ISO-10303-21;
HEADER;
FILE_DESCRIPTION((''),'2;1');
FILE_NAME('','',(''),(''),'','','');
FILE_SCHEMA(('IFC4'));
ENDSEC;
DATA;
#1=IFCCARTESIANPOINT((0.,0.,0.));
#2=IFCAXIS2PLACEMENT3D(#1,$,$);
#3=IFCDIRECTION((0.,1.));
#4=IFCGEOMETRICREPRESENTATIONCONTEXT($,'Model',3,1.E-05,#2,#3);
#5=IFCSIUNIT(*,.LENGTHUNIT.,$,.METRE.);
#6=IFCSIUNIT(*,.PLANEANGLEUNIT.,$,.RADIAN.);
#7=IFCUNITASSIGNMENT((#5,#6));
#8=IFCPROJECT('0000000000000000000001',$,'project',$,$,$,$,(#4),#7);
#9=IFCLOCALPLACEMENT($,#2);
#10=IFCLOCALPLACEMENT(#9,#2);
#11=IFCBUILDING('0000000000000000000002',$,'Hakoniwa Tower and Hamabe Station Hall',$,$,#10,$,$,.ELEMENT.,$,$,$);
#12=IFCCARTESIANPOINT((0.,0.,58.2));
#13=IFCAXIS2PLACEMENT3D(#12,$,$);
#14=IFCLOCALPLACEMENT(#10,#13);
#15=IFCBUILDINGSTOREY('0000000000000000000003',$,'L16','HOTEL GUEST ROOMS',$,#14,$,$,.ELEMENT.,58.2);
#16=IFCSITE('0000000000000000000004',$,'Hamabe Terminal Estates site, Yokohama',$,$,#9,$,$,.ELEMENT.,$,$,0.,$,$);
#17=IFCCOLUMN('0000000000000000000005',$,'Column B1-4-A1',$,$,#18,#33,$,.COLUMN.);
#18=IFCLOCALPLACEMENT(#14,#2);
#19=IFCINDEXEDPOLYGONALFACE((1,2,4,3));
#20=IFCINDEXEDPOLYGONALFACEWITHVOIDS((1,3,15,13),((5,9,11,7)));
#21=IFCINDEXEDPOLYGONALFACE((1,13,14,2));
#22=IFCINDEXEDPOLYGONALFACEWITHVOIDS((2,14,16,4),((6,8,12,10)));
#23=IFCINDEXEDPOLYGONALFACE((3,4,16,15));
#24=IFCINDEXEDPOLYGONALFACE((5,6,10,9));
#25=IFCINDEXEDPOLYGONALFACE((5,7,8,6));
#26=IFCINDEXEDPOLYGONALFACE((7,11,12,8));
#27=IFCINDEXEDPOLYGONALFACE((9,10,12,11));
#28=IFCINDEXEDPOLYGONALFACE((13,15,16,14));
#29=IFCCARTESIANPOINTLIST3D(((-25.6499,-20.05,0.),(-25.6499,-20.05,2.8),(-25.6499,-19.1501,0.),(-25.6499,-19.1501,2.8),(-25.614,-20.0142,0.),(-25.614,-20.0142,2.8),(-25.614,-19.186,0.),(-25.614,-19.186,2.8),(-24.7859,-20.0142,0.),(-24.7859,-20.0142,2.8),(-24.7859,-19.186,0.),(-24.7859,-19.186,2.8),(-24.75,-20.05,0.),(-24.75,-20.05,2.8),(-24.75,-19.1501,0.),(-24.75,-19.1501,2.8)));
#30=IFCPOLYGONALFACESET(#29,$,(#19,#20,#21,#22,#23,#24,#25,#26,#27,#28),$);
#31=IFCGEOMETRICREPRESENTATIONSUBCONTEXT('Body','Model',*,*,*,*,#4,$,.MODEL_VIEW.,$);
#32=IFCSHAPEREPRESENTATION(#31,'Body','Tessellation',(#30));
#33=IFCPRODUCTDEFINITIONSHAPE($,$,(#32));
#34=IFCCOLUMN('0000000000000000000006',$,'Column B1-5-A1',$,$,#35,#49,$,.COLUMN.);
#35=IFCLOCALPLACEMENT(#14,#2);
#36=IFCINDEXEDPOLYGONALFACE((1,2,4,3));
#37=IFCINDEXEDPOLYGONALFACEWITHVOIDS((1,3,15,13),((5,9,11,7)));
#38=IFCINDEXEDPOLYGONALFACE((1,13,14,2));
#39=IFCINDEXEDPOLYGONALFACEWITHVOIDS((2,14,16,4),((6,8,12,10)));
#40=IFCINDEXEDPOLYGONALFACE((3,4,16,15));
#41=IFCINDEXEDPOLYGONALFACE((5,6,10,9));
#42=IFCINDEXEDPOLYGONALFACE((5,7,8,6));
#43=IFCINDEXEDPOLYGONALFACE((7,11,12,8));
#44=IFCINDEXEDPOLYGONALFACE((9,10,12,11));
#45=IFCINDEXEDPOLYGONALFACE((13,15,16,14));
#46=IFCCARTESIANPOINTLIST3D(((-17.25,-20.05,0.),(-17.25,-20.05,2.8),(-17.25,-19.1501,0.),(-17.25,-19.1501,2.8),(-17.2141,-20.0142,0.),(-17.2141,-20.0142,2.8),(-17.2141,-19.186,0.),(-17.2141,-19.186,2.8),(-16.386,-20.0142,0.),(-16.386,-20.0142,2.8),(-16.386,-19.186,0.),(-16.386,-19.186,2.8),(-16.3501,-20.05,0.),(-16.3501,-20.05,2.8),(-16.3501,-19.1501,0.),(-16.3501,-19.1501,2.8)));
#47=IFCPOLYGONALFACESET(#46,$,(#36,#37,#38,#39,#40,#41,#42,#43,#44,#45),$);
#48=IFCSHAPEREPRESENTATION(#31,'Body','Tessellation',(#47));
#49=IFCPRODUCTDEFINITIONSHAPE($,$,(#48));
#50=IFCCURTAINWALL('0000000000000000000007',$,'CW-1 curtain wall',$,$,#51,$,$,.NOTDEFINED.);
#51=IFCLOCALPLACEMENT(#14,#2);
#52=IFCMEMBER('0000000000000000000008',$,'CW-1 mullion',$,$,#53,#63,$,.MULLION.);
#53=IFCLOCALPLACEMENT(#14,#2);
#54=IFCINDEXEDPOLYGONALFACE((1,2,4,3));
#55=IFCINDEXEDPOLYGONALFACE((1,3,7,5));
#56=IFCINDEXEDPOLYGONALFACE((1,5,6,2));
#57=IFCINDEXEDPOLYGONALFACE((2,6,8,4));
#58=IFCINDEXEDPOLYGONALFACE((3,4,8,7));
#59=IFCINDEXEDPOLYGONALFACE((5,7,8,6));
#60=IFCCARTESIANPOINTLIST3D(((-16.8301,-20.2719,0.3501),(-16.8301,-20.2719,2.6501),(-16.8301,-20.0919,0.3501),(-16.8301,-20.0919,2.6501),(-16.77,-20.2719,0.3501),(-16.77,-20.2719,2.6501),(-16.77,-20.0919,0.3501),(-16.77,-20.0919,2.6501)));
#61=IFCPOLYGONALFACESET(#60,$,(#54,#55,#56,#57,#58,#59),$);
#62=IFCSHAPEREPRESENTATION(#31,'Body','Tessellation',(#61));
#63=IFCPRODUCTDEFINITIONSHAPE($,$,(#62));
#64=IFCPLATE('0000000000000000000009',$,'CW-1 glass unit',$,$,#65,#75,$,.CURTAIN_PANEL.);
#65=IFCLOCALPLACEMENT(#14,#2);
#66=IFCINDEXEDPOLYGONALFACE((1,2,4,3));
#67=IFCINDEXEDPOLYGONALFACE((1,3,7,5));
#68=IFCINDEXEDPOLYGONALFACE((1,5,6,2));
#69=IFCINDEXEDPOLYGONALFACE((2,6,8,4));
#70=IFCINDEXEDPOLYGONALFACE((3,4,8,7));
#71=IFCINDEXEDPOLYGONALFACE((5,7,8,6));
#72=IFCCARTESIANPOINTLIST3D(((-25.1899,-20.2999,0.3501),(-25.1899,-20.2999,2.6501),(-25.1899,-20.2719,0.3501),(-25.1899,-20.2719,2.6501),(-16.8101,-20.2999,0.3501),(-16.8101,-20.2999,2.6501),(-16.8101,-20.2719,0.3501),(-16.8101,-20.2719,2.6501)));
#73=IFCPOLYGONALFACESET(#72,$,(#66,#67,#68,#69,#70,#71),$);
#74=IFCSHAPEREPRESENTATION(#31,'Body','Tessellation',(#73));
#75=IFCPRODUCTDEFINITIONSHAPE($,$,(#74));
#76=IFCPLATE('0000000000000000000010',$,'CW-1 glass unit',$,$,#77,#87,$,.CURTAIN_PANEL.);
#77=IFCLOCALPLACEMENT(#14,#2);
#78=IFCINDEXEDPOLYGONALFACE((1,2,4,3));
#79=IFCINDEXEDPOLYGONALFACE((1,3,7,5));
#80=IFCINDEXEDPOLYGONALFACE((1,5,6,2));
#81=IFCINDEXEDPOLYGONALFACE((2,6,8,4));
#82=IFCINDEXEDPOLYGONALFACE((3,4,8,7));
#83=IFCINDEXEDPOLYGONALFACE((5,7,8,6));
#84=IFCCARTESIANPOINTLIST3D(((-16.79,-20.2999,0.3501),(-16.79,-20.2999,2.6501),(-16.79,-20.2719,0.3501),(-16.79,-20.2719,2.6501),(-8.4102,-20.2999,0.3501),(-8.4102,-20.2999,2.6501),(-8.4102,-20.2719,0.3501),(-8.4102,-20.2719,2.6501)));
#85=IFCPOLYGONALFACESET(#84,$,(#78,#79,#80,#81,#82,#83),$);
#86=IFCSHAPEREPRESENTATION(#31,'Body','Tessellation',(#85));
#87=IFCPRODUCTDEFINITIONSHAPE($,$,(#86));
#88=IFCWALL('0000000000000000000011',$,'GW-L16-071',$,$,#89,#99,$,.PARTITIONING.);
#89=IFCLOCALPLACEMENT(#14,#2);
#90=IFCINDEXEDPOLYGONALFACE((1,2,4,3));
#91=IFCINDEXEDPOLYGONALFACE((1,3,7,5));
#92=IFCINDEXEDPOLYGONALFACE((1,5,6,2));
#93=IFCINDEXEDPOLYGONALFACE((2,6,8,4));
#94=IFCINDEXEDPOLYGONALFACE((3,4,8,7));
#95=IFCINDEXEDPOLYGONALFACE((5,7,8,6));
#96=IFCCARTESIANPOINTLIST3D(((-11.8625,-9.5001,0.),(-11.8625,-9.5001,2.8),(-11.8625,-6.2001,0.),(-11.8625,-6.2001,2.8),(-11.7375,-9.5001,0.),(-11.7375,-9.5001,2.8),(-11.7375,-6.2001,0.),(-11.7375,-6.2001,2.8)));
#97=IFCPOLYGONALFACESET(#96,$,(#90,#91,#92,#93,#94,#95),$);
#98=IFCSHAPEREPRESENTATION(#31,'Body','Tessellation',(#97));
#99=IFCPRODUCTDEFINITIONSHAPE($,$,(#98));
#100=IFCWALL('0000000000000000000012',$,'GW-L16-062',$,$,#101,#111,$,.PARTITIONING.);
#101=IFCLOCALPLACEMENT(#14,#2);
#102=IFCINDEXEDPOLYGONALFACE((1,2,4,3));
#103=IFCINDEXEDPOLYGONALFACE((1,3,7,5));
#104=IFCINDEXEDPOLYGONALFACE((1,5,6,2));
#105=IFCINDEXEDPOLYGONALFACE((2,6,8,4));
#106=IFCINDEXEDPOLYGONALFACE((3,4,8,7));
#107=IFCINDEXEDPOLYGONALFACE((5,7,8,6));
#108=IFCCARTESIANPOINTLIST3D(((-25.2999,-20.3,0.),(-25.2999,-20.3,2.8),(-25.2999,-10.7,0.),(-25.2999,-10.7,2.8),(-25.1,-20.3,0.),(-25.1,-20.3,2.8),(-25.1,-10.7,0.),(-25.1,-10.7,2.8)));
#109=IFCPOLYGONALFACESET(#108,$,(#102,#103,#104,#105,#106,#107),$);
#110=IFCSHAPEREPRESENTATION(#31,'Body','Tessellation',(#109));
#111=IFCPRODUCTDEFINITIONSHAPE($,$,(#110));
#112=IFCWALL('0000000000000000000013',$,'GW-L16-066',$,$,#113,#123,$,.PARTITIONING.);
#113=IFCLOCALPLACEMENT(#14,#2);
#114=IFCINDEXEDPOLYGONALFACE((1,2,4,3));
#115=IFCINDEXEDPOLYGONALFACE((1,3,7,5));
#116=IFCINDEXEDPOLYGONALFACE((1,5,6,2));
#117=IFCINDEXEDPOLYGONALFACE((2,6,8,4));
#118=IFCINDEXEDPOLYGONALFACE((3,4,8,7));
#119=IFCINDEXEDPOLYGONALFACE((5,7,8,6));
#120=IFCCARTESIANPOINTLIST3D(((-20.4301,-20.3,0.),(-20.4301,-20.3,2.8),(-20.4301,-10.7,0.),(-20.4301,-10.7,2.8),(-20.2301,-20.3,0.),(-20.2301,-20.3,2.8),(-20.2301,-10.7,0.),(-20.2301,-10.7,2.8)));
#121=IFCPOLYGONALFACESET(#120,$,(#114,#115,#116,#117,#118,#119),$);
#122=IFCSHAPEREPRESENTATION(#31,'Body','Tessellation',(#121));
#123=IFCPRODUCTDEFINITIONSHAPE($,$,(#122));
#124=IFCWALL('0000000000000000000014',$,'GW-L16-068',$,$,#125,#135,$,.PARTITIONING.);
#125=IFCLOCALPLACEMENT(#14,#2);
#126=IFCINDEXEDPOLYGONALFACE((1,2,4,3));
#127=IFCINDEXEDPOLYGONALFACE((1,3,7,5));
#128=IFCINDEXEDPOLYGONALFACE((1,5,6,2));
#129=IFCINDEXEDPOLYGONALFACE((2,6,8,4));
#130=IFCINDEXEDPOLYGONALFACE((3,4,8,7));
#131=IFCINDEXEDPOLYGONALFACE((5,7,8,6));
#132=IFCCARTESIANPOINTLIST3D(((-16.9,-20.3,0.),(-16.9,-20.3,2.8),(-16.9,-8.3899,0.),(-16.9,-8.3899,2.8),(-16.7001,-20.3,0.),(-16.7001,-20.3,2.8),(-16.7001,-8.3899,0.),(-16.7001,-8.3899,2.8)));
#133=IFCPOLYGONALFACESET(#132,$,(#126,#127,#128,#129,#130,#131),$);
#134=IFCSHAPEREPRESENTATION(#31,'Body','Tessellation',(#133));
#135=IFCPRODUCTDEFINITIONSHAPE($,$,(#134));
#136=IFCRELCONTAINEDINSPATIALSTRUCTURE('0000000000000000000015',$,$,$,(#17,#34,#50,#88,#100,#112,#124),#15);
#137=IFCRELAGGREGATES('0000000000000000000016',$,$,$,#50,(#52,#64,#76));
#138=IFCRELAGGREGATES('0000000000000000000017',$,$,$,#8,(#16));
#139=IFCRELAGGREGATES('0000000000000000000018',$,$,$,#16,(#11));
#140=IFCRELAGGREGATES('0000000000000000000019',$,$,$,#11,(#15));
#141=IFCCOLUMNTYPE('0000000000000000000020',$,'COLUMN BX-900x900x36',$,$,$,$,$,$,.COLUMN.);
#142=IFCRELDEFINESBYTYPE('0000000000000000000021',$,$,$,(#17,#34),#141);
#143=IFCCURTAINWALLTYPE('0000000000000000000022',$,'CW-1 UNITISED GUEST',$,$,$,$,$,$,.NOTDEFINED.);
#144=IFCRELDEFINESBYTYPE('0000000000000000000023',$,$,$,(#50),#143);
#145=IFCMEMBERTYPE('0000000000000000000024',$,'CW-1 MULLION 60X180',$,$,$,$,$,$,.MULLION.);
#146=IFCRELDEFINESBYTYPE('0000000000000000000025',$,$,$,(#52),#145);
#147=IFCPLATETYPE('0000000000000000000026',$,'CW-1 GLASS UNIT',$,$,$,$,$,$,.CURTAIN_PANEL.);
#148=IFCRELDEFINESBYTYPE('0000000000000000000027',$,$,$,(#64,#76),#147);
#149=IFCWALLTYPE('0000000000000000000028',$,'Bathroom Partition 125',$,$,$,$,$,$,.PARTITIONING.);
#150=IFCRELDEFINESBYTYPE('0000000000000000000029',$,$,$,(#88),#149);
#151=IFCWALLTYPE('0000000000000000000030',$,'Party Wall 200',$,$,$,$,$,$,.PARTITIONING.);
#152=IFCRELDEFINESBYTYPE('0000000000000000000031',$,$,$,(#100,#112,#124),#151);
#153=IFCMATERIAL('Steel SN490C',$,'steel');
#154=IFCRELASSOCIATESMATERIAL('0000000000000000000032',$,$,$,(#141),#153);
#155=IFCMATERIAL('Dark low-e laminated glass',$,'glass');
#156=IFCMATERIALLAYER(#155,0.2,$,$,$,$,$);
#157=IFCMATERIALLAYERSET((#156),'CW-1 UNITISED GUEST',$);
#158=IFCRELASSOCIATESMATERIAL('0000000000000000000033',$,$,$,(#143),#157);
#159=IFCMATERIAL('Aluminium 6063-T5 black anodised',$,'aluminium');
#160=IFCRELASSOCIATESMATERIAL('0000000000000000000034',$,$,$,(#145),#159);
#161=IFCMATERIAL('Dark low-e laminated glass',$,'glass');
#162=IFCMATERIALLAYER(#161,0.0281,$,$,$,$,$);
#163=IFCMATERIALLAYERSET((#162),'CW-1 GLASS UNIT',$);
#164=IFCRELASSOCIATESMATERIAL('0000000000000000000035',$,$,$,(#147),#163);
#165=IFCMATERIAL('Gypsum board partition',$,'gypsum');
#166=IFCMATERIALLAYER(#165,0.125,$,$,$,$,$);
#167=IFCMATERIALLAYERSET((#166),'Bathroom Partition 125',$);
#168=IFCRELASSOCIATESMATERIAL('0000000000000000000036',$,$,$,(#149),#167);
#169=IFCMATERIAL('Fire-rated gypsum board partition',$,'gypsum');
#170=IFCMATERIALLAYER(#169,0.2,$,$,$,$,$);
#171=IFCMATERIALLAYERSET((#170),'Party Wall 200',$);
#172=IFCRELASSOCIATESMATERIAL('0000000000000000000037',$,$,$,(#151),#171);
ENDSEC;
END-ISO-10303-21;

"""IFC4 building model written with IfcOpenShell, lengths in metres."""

from ifc_helpers import new_model, si_unit, direction, frame, frame_2d, origin, origin_2d, place, context, subcontext, project, spatial, rectangle, hollow_rectangle, extrude, material, layer, layer_set, material_profile, profile_set, type_object, element, aggregate, save


model = new_model("IFC4")

# Units and contexts
model_context = context("Model", 3, precision=1e-05, world=origin(), true_north=direction((0.0, 1.0)))
body_context = subcontext(model_context, "Body", "Model", "MODEL_VIEW")
ifc_project = project(units=[si_unit("LENGTHUNIT", "METRE"), si_unit("PLANEANGLEUNIT", "RADIAN")], contexts=[model_context])

# Site, building, storey
site_placement = place(None, origin())
site = spatial("IfcSite", under=ifc_project, at=site_placement, Name="Hamabe Terminal Estates site, Yokohama", CompositionType="ELEMENT", RefElevation=0.0)
building_placement = place(site_placement, origin())
building = spatial("IfcBuilding", under=site, at=building_placement, Name="Hakoniwa Tower and Hamabe Station Hall", CompositionType="ELEMENT")
storey_placement = place(building_placement, frame((0.0, 0.0, 58.2)))
storey = spatial("IfcBuildingStorey", under=building, at=storey_placement, Name="L16", Description="HOTEL GUEST ROOMS", CompositionType="ELEMENT", Elevation=58.2)

# Columns
ifc_material_1 = material(Name="Steel SN490C", Category="steel")
ifc_material_profile_1 = material_profile(ifc_material_1, hollow_rectangle(XDim=0.8999, YDim=0.8999, WallThickness=0.0359, at=origin_2d()), Name="BX-900x900x36")
ifc_profile_set_1 = profile_set([ifc_material_profile_1], Name="Steel SN490C")
column_type = type_object("IfcColumnType", Name="COLUMN BX-900x900x36", PredefinedType="COLUMN", material=ifc_profile_set_1)
for number, where, z_axis, x_axis, name in (
    (1, (-25.2, -19.6001, 0.0), (0.0, 0.0, 1.0), (1.0, 0.0, 0.0), "Column B1-4-A1"),
    (2, (-16.8, -19.6001, 0.0), (0.0, 0.0, 1.0), (1.0, 0.0, 0.0), "Column B1-5-A1"),
):
    element("IfcColumn", number, at=place(storey_placement, frame(where, z_axis=z_axis, x_axis=x_axis)), inside=storey, type_object=column_type, Name=name, PredefinedType="COLUMN", context=body_context, shape_type="SweptSolid", body=[
        extrude(hollow_rectangle(XDim=0.8999, YDim=0.8999, WallThickness=0.0359, at=origin_2d()), origin(), (0.0, 0.0, 1.0), 2.8),
    ])

# Curtain wall, member, plates
ifc_material_2 = material(Name="Dark low-e laminated glass", Category="glass")
ifc_layer_1 = layer(ifc_material_2, 0.2)
ifc_layer_set_1 = layer_set([ifc_layer_1], Name="CW-1 UNITISED GUEST")
curtain_wall_type = type_object("IfcCurtainWallType", Name="CW-1 UNITISED GUEST", PredefinedType="NOTDEFINED", material=ifc_layer_set_1)
curtain_wall_placement = place(storey_placement, origin())
curtain_wall = element("IfcCurtainWall", 3, at=curtain_wall_placement, inside=storey, type_object=curtain_wall_type, Name="CW-1 curtain wall", PredefinedType="NOTDEFINED")
ifc_material_3 = material(Name="Aluminium 6063-T5 black anodised", Category="aluminium")
ifc_material_profile_2 = material_profile(ifc_material_3, rectangle(XDim=0.0601, YDim=0.1799, at=origin_2d()), Name="CW-1 MULLION 60X180")
ifc_profile_set_2 = profile_set([ifc_material_profile_2], Name="Aluminium 6063-T5 black anodised")
member_type = type_object("IfcMemberType", Name="CW-1 MULLION 60X180", PredefinedType="MULLION", material=ifc_profile_set_2)
member_placement = place(storey_placement, frame((-16.8, -20.1819, 0.3501), z_axis=(0.0, 0.0, 1.0), x_axis=(1.0, 0.0, 0.0)))
member = element("IfcMember", 4, at=member_placement, type_object=member_type, Name="CW-1 mullion", PredefinedType="MULLION", context=body_context, shape_type="SweptSolid", body=[
    extrude(rectangle(XDim=0.0601, YDim=0.1799, at=origin_2d()), origin(), (0.0, 0.0, 1.0), 2.3),
])
ifc_material_4 = material(Name="Dark low-e laminated glass", Category="glass")
ifc_layer_2 = layer(ifc_material_4, 0.0281)
ifc_layer_set_2 = layer_set([ifc_layer_2], Name="CW-1 GLASS UNIT")
plate_type = type_object("IfcPlateType", Name="CW-1 GLASS UNIT", PredefinedType="CURTAIN_PANEL", material=ifc_layer_set_2)
plate_1_placement = place(storey_placement, frame((-21.0, -20.2859, 0.3501), z_axis=(0.0, 0.0, 1.0), x_axis=(1.0, 0.0, 0.0)))
plate_1 = element("IfcPlate", 5, at=plate_1_placement, type_object=plate_type, Name="CW-1 glass unit", PredefinedType="CURTAIN_PANEL", context=body_context, shape_type="SweptSolid", body=[
    extrude(rectangle(XDim=8.3799, YDim=0.0281, at=origin_2d()), origin(), (0.0, 0.0, 1.0), 2.3),
])
plate_2_placement = place(storey_placement, frame((-12.6001, -20.2859, 0.3501), z_axis=(0.0, 0.0, 1.0), x_axis=(1.0, 0.0, 0.0)))
plate_2 = element("IfcPlate", 6, at=plate_2_placement, type_object=plate_type, Name="CW-1 glass unit", PredefinedType="CURTAIN_PANEL", context=body_context, shape_type="SweptSolid", body=[
    extrude(rectangle(XDim=8.3799, YDim=0.0281, at=origin_2d()), origin(), (0.0, 0.0, 1.0), 2.3),
])
aggregate(curtain_wall, [member, plate_1, plate_2])

# Walls
ifc_material_5 = material(Name="Gypsum board partition", Category="gypsum")
ifc_layer_3 = layer(ifc_material_5, 0.125)
ifc_layer_set_3 = layer_set([ifc_layer_3], Name="Bathroom Partition 125")
wall_type_1 = type_object("IfcWallType", Name="Bathroom Partition 125", PredefinedType="PARTITIONING", material=ifc_layer_set_3)
wall_1_placement = place(storey_placement, frame((-11.8, -9.5, 0.0), z_axis=(0.0, 0.0, 1.0), x_axis=(0.0, 1.0, 0.0)))
element("IfcWall", 7, at=wall_1_placement, inside=storey, type_object=wall_type_1, Name="GW-L16-071", PredefinedType="PARTITIONING", context=body_context, shape_type="SweptSolid", body=[
    extrude(rectangle(XDim=3.3, YDim=0.125, at=frame_2d((1.6499, 0.0))), origin(), (0.0, 0.0, 1.0), 2.8),
])
ifc_material_6 = material(Name="Fire-rated gypsum board partition", Category="gypsum")
ifc_layer_4 = layer(ifc_material_6, 0.2)
ifc_layer_set_4 = layer_set([ifc_layer_4], Name="Party Wall 200")
wall_type_2 = type_object("IfcWallType", Name="Party Wall 200", PredefinedType="PARTITIONING", material=ifc_layer_set_4)
for number, where, z_axis, x_axis, name in (
    (8, (-25.2, -20.3, 0.0), (0.0, 0.0, 1.0), (0.0, 1.0, 0.0), "GW-L16-062"),
    (9, (-20.3301, -20.3, 0.0), (0.0, 0.0, 1.0), (0.0, 1.0, 0.0), "GW-L16-066"),
):
    element("IfcWall", number, at=place(storey_placement, frame(where, z_axis=z_axis, x_axis=x_axis)), inside=storey, type_object=wall_type_2, Name=name, PredefinedType="PARTITIONING", context=body_context, shape_type="SweptSolid", body=[
        extrude(rectangle(XDim=9.6001, YDim=0.2, at=frame_2d((4.8, 0.0))), origin(), (0.0, 0.0, 1.0), 2.8),
    ])
wall_2_placement = place(storey_placement, frame((-16.8, -20.3, 0.0), z_axis=(0.0, 0.0, 1.0), x_axis=(0.0, 1.0, 0.0)))
element("IfcWall", 10, at=wall_2_placement, inside=storey, type_object=wall_type_2, Name="GW-L16-068", PredefinedType="PARTITIONING", context=body_context, shape_type="SweptSolid", body=[
    extrude(rectangle(XDim=11.9102, YDim=0.2, at=frame_2d((5.9551, 0.0))), origin(), (0.0, 0.0, 1.0), 2.8),
])

save(model, "model.ifc")
